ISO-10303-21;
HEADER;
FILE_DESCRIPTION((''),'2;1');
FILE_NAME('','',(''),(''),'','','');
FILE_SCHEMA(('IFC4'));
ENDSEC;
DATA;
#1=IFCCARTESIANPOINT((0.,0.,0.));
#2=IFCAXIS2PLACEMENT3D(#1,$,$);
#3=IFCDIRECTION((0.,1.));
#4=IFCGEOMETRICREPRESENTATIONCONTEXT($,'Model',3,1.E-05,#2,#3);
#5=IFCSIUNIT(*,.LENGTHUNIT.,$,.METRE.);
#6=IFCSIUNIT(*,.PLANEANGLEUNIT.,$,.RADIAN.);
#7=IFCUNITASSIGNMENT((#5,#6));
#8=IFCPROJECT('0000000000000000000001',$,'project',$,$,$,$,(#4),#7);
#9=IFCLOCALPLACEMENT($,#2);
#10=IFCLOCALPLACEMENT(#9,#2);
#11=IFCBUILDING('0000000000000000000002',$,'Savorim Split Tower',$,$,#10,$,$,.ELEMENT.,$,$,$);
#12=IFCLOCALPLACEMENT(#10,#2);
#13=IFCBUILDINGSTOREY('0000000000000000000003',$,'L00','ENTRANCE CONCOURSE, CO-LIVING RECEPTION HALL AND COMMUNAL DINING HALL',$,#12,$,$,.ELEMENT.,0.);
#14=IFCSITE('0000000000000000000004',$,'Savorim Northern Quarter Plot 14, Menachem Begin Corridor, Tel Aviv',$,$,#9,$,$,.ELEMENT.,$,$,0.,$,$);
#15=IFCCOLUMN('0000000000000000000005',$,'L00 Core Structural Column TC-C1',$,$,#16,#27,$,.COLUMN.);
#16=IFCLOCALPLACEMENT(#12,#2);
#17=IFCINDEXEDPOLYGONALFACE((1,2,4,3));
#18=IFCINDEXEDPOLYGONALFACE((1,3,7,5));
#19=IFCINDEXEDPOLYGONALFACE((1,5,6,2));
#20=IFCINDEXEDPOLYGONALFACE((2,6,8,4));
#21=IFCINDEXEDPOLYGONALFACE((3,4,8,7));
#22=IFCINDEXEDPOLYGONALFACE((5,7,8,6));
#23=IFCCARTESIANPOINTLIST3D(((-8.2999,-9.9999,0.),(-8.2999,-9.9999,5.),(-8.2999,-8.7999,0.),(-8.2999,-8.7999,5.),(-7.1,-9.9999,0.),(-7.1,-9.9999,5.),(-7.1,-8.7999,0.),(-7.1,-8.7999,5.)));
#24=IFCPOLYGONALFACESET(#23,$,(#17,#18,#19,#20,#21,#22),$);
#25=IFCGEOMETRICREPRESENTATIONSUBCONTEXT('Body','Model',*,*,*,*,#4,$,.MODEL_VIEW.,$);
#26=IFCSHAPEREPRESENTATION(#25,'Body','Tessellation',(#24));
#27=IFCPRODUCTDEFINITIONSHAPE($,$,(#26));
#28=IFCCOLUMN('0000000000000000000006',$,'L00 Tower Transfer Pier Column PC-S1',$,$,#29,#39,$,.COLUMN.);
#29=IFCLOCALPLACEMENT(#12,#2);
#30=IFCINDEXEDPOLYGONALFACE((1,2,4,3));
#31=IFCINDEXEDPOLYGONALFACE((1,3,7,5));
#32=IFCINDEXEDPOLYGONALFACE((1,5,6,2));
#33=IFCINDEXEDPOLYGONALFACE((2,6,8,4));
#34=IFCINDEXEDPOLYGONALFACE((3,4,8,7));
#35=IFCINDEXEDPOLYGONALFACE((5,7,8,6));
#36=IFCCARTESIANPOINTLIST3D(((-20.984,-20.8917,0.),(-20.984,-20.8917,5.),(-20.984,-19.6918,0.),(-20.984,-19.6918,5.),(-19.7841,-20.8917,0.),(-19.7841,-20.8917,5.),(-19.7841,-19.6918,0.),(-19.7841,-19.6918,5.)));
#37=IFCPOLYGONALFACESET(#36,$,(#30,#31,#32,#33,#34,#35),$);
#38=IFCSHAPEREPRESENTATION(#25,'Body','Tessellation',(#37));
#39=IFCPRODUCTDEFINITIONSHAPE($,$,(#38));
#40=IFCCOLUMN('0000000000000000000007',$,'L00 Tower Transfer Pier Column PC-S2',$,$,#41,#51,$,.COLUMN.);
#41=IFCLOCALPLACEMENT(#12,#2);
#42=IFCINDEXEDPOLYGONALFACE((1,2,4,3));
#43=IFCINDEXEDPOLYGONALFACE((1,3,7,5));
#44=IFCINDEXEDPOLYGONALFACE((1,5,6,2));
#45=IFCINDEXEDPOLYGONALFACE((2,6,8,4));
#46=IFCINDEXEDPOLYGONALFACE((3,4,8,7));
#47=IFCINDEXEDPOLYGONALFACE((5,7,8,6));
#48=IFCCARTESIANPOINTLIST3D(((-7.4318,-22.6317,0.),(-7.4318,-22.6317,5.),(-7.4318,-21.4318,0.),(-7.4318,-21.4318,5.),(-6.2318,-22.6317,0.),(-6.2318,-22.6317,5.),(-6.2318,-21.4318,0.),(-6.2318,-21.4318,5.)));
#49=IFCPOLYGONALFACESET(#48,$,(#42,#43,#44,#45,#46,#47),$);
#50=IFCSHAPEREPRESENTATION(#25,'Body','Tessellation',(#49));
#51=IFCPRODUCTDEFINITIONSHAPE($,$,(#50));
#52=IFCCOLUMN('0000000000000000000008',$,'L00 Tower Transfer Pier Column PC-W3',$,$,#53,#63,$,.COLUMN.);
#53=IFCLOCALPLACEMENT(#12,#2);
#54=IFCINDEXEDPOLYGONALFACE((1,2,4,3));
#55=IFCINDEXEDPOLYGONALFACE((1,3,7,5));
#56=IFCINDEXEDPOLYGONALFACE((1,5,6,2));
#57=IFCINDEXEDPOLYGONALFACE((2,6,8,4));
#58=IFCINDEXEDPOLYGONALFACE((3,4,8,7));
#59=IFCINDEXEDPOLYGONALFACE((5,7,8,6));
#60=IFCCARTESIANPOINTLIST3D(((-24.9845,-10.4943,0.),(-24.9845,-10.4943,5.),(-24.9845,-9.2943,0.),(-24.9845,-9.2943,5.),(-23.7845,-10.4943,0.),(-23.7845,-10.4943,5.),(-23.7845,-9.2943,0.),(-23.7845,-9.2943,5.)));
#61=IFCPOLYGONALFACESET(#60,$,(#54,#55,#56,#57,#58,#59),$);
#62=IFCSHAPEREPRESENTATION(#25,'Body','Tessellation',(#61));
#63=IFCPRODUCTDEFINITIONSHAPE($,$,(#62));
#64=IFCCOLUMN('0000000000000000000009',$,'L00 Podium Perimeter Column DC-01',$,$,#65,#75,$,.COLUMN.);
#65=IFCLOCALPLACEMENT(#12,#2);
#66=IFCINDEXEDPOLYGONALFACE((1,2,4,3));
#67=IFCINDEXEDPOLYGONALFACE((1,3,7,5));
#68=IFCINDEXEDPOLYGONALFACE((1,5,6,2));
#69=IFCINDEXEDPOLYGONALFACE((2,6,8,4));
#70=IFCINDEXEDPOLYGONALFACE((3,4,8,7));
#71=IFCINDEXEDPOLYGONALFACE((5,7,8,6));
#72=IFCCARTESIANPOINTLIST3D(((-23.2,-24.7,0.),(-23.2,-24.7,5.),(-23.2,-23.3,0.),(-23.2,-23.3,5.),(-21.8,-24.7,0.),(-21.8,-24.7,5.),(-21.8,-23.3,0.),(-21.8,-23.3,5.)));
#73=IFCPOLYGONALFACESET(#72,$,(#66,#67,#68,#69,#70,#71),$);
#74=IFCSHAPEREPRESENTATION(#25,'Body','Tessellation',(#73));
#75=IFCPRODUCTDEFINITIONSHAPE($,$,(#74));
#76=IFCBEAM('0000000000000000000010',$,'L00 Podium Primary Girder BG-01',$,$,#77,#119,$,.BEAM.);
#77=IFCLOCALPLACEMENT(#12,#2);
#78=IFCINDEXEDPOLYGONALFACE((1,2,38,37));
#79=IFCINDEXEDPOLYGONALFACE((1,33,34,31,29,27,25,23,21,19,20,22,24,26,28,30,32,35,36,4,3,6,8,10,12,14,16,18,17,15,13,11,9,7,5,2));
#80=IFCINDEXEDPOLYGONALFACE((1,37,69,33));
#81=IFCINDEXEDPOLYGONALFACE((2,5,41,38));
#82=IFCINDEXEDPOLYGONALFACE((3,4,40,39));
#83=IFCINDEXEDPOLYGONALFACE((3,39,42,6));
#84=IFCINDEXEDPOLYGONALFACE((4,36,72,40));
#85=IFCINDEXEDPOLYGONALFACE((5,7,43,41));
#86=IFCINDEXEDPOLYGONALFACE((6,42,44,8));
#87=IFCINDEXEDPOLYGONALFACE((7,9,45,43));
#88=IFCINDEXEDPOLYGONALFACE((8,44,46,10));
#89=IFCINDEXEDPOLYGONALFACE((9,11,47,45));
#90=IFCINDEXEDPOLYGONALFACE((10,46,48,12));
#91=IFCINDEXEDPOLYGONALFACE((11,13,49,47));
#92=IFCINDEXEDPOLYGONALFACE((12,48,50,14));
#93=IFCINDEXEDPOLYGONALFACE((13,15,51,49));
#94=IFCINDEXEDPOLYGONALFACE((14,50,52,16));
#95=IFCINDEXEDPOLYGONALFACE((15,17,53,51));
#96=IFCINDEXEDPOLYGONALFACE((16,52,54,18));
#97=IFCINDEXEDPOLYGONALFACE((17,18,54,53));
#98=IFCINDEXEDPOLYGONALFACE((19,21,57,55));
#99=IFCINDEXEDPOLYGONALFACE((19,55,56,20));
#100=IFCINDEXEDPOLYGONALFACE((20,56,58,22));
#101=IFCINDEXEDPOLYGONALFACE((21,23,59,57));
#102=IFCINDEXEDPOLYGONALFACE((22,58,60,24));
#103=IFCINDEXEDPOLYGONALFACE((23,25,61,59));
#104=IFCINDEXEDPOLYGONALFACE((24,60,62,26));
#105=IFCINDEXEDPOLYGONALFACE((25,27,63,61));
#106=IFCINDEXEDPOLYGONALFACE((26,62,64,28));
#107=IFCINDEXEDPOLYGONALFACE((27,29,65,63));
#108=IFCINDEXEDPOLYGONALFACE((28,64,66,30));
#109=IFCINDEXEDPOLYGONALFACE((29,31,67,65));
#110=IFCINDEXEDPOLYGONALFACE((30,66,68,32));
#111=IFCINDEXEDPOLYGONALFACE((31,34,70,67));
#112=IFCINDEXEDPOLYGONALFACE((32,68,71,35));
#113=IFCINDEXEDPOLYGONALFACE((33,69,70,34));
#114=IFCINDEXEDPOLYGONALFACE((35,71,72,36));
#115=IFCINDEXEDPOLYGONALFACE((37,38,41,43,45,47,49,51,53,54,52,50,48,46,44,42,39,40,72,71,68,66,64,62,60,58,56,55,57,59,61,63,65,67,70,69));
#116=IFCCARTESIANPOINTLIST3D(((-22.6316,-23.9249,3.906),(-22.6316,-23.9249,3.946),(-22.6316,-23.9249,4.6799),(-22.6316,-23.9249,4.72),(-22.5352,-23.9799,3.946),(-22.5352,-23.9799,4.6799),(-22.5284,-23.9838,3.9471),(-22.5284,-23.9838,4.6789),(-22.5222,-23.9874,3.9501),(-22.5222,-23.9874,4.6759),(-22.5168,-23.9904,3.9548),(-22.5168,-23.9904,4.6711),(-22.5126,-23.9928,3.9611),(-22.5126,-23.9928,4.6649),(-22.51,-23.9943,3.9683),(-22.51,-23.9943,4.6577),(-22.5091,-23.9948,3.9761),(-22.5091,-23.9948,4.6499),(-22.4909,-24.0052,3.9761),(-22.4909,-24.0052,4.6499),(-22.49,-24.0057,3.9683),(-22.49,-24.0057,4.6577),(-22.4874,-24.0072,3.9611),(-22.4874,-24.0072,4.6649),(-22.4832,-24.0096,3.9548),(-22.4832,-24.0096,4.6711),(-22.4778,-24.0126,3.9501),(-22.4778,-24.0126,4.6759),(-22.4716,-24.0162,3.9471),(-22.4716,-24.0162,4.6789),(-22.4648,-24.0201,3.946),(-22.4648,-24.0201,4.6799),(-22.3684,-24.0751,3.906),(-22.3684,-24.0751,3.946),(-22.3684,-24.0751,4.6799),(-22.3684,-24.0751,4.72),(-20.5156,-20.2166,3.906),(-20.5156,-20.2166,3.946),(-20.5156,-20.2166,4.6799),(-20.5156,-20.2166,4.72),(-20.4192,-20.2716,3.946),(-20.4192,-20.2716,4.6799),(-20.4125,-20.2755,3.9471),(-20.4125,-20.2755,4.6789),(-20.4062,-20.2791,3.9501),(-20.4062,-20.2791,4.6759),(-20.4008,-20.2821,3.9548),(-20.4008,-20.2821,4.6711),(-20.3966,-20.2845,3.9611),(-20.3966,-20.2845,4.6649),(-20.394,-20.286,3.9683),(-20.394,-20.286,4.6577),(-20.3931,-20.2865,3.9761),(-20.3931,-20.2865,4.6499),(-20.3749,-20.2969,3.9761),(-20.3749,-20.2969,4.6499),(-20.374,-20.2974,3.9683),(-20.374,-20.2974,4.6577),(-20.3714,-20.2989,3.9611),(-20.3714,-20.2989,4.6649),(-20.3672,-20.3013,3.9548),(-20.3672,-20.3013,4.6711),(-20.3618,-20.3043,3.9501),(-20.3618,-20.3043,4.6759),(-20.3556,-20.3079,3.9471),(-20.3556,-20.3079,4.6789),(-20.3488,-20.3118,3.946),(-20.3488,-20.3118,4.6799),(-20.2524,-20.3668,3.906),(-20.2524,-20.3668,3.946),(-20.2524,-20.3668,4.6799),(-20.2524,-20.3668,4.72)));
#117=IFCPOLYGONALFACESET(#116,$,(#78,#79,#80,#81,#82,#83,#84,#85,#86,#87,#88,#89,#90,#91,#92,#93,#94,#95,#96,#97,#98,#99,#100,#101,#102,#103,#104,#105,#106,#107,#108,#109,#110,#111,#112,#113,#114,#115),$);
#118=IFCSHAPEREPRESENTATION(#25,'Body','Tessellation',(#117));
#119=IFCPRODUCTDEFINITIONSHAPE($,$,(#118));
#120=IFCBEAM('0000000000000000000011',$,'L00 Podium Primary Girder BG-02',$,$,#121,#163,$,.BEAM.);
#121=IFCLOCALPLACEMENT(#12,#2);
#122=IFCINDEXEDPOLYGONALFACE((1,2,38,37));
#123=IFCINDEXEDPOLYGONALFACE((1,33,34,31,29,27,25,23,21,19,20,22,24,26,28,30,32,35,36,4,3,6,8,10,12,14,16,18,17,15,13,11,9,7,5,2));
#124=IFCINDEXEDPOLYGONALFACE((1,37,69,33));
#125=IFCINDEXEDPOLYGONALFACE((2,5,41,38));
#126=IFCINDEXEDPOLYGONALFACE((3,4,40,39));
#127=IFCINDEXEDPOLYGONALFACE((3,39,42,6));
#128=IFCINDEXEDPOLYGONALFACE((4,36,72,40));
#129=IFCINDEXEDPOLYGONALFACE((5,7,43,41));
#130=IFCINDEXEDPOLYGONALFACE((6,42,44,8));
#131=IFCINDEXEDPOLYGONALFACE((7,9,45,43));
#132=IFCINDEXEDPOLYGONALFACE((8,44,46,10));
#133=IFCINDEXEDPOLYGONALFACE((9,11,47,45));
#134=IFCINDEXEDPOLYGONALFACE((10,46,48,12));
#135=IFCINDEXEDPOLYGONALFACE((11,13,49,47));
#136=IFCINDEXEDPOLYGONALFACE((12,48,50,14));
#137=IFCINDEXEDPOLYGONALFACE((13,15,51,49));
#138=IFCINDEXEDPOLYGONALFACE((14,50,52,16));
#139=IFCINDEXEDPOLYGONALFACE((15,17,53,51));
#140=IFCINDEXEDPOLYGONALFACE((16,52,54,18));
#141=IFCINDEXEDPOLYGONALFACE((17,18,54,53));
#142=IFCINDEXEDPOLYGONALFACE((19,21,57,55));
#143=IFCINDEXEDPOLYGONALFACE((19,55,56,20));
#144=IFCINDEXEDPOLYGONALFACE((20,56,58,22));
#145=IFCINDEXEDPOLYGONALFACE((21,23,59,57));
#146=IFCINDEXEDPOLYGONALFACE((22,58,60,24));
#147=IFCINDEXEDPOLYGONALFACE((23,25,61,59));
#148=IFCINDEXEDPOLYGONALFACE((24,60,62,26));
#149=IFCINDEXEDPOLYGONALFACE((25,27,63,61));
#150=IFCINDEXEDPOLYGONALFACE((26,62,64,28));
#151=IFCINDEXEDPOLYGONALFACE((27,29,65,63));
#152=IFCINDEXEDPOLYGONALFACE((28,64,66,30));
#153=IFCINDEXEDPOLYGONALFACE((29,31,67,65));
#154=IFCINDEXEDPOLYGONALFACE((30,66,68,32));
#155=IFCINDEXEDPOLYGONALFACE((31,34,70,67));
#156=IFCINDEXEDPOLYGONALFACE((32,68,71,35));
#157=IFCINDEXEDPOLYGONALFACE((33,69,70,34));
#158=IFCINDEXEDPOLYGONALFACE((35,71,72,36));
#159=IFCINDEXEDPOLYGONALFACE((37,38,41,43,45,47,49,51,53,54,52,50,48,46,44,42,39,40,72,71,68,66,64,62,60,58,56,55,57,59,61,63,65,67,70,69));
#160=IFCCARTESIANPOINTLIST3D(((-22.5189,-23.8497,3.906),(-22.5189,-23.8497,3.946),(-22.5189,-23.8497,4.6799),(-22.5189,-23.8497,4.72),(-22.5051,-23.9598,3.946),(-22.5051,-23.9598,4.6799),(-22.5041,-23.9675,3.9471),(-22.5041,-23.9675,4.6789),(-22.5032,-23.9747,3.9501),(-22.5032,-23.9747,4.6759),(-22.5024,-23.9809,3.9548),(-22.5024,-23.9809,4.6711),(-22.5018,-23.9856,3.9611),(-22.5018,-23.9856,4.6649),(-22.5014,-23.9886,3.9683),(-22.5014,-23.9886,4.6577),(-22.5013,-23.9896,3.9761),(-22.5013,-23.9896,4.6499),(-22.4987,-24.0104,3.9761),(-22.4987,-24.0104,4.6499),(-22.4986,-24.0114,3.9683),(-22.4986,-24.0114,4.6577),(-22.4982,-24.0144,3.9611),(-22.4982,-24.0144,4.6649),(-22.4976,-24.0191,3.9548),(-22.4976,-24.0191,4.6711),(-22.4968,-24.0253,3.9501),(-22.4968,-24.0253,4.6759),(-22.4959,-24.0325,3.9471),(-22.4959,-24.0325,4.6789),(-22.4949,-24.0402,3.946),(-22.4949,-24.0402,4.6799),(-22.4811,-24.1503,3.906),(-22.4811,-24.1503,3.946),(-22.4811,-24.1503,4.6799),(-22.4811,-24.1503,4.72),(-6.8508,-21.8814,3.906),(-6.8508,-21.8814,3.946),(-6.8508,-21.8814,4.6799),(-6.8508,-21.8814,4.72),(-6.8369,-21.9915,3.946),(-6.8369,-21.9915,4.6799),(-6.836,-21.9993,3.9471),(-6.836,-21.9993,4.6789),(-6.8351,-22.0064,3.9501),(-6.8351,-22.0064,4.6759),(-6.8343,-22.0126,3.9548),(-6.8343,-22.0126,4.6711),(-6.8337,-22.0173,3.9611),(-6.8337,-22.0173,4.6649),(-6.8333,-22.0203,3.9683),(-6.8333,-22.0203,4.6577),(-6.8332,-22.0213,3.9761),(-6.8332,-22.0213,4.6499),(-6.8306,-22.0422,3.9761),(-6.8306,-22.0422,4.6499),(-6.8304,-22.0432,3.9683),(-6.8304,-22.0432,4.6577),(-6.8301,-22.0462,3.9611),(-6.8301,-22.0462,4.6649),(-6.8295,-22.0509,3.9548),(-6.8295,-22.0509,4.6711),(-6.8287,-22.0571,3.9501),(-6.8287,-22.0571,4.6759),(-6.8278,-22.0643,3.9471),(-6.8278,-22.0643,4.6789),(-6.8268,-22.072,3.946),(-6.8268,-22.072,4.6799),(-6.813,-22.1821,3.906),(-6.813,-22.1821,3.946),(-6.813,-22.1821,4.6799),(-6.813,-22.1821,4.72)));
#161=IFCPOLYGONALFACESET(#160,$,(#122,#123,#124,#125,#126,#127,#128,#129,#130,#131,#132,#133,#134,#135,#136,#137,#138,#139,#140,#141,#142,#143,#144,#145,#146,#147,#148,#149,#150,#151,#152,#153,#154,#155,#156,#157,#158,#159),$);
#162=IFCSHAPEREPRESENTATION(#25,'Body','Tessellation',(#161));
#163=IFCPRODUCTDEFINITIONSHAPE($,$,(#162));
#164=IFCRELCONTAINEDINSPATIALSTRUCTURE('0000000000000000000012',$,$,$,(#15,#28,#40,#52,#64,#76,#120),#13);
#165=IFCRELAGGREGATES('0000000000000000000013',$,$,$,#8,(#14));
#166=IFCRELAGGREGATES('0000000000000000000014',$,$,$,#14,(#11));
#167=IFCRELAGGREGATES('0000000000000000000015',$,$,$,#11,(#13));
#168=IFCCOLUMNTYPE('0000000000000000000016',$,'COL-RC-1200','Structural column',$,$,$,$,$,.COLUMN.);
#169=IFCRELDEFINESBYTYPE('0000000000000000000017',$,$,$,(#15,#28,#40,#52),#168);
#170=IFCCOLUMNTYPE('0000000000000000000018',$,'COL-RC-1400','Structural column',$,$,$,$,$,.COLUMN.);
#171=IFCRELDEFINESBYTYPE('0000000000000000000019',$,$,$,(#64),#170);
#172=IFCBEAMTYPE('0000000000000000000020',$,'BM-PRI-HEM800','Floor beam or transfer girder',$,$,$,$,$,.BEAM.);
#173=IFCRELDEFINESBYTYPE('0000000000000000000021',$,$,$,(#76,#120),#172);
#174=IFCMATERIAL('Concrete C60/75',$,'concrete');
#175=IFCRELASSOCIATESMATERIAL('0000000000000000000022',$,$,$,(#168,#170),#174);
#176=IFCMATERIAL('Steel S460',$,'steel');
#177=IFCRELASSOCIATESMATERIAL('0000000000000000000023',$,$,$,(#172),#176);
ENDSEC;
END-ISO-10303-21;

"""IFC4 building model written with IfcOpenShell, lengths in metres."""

from ifc_helpers import new_model, si_unit, direction, frame, origin, origin_2d, place, context, subcontext, project, spatial, rectangle, i_section, extrude, material, material_profile, profile_set, type_object, element, save


model = new_model("IFC4")

# Units and contexts
model_context = context("Model", 3, precision=1e-05, world=origin(), true_north=direction((0.0, 1.0)))
body_context = subcontext(model_context, "Body", "Model", "MODEL_VIEW")
ifc_project = project(units=[si_unit("LENGTHUNIT", "METRE"), si_unit("PLANEANGLEUNIT", "RADIAN")], contexts=[model_context])

# Site, building, storey
site_placement = place(None, origin())
site = spatial("IfcSite", under=ifc_project, at=site_placement, Name="Savorim Northern Quarter Plot 14, Menachem Begin Corridor, Tel Aviv", CompositionType="ELEMENT", RefElevation=0.0)
building_placement = place(site_placement, origin())
building = spatial("IfcBuilding", under=site, at=building_placement, Name="Savorim Split Tower", CompositionType="ELEMENT")
storey_placement = place(building_placement, origin())
storey = spatial("IfcBuildingStorey", under=building, at=storey_placement, Name="L00", Description="ENTRANCE CONCOURSE, CO-LIVING RECEPTION HALL AND COMMUNAL DINING HALL", CompositionType="ELEMENT", Elevation=0.0)

# Columns
ifc_material_1 = material(Name="Concrete C60/75", Category="concrete")
ifc_material_profile_1 = material_profile(ifc_material_1, rectangle(XDim=1.2, YDim=1.2, at=origin_2d()), Name="RC 1200x1200")
ifc_profile_set_1 = profile_set([ifc_material_profile_1], Name="Concrete C60/75")
column_type_1 = type_object("IfcColumnType", Name="COL-RC-1200", Description="Structural column", PredefinedType="COLUMN", material=ifc_profile_set_1)
for number, where, z_axis, x_axis, name in (
    (1, (-7.7, -9.3999, 0.0), (0.0, 0.0, 1.0), (1.0, 0.0, 0.0), "L00 Core Structural Column TC-C1"),
    (2, (-20.384, -20.2917, 0.0), (0.0, 0.0, 1.0), (1.0, 0.0, 0.0), "L00 Tower Transfer Pier Column PC-S1"),
    (3, (-6.8318, -22.0317, 0.0), (0.0, 0.0, 1.0), (1.0, 0.0, 0.0), "L00 Tower Transfer Pier Column PC-S2"),
    (4, (-24.3845, -9.8943, 0.0), (0.0, 0.0, 1.0), (1.0, 0.0, 0.0), "L00 Tower Transfer Pier Column PC-W3"),
):
    element("IfcColumn", number, at=place(storey_placement, frame(where, z_axis=z_axis, x_axis=x_axis)), inside=storey, type_object=column_type_1, Name=name, PredefinedType="COLUMN", context=body_context, shape_type="SweptSolid", body=[
        extrude(rectangle(XDim=1.2, YDim=1.2, at=origin_2d()), origin(), (0.0, 0.0, 1.0), 5.0),
    ])
ifc_material_profile_2 = material_profile(ifc_material_1, rectangle(XDim=1.3999, YDim=1.3999, at=origin_2d()), Name="RC 1400x1400")
ifc_profile_set_2 = profile_set([ifc_material_profile_2], Name="Concrete C60/75")
column_type_2 = type_object("IfcColumnType", Name="COL-RC-1400", Description="Structural column", PredefinedType="COLUMN", material=ifc_profile_set_2)
column_placement = place(storey_placement, frame((-22.5, -24.0, 0.0), z_axis=(0.0, 0.0, 1.0), x_axis=(1.0, 0.0, 0.0)))
element("IfcColumn", 5, at=column_placement, inside=storey, type_object=column_type_2, Name="L00 Podium Perimeter Column DC-01", PredefinedType="COLUMN", context=body_context, shape_type="SweptSolid", body=[
    extrude(rectangle(XDim=1.3999, YDim=1.3999, at=origin_2d()), origin(), (0.0, 0.0, 1.0), 5.0),
])

# Beams
ifc_material_2 = material(Name="Steel S460", Category="steel")
ifc_material_profile_3 = material_profile(ifc_material_2, i_section(OverallWidth=0.303, OverallDepth=0.814, WebThickness=0.021, FlangeThickness=0.04, FilletRadius=0.03, at=origin_2d()), Name="HE 800 M")
ifc_profile_set_3 = profile_set([ifc_material_profile_3], Name="Steel S460")
beam_type = type_object("IfcBeamType", Name="BM-PRI-HEM800", Description="Floor beam or transfer girder", PredefinedType="BEAM", material=ifc_profile_set_3)
beam_1_placement = place(storey_placement, frame((-22.5, -24.0, 4.313), z_axis=(0.495603, 0.868549, 0.0), x_axis=(-0.868549, 0.495603, 0.0)))
element("IfcBeam", 6, at=beam_1_placement, inside=storey, type_object=beam_type, Name="L00 Podium Primary Girder BG-01", PredefinedType="BEAM", context=body_context, shape_type="SweptSolid", body=[
    extrude(i_section(OverallWidth=0.303, OverallDepth=0.814, WebThickness=0.021, FlangeThickness=0.04, FilletRadius=0.03, at=origin_2d()), origin(), (0.0, 0.0, 1.0), 4.2695),
])
beam_2_placement = place(storey_placement, frame((-22.5, -24.0, 4.313), z_axis=(0.992202, 0.124642, 0.0), x_axis=(-0.124642, 0.992202, 0.0)))
element("IfcBeam", 7, at=beam_2_placement, inside=storey, type_object=beam_type, Name="L00 Podium Primary Girder BG-02", PredefinedType="BEAM", context=body_context, shape_type="SweptSolid", body=[
    extrude(i_section(OverallWidth=0.303, OverallDepth=0.814, WebThickness=0.021, FlangeThickness=0.04, FilletRadius=0.03, at=origin_2d()), origin(), (0.0, 0.0, 1.0), 15.7913),
])

save(model, "model.ifc")
